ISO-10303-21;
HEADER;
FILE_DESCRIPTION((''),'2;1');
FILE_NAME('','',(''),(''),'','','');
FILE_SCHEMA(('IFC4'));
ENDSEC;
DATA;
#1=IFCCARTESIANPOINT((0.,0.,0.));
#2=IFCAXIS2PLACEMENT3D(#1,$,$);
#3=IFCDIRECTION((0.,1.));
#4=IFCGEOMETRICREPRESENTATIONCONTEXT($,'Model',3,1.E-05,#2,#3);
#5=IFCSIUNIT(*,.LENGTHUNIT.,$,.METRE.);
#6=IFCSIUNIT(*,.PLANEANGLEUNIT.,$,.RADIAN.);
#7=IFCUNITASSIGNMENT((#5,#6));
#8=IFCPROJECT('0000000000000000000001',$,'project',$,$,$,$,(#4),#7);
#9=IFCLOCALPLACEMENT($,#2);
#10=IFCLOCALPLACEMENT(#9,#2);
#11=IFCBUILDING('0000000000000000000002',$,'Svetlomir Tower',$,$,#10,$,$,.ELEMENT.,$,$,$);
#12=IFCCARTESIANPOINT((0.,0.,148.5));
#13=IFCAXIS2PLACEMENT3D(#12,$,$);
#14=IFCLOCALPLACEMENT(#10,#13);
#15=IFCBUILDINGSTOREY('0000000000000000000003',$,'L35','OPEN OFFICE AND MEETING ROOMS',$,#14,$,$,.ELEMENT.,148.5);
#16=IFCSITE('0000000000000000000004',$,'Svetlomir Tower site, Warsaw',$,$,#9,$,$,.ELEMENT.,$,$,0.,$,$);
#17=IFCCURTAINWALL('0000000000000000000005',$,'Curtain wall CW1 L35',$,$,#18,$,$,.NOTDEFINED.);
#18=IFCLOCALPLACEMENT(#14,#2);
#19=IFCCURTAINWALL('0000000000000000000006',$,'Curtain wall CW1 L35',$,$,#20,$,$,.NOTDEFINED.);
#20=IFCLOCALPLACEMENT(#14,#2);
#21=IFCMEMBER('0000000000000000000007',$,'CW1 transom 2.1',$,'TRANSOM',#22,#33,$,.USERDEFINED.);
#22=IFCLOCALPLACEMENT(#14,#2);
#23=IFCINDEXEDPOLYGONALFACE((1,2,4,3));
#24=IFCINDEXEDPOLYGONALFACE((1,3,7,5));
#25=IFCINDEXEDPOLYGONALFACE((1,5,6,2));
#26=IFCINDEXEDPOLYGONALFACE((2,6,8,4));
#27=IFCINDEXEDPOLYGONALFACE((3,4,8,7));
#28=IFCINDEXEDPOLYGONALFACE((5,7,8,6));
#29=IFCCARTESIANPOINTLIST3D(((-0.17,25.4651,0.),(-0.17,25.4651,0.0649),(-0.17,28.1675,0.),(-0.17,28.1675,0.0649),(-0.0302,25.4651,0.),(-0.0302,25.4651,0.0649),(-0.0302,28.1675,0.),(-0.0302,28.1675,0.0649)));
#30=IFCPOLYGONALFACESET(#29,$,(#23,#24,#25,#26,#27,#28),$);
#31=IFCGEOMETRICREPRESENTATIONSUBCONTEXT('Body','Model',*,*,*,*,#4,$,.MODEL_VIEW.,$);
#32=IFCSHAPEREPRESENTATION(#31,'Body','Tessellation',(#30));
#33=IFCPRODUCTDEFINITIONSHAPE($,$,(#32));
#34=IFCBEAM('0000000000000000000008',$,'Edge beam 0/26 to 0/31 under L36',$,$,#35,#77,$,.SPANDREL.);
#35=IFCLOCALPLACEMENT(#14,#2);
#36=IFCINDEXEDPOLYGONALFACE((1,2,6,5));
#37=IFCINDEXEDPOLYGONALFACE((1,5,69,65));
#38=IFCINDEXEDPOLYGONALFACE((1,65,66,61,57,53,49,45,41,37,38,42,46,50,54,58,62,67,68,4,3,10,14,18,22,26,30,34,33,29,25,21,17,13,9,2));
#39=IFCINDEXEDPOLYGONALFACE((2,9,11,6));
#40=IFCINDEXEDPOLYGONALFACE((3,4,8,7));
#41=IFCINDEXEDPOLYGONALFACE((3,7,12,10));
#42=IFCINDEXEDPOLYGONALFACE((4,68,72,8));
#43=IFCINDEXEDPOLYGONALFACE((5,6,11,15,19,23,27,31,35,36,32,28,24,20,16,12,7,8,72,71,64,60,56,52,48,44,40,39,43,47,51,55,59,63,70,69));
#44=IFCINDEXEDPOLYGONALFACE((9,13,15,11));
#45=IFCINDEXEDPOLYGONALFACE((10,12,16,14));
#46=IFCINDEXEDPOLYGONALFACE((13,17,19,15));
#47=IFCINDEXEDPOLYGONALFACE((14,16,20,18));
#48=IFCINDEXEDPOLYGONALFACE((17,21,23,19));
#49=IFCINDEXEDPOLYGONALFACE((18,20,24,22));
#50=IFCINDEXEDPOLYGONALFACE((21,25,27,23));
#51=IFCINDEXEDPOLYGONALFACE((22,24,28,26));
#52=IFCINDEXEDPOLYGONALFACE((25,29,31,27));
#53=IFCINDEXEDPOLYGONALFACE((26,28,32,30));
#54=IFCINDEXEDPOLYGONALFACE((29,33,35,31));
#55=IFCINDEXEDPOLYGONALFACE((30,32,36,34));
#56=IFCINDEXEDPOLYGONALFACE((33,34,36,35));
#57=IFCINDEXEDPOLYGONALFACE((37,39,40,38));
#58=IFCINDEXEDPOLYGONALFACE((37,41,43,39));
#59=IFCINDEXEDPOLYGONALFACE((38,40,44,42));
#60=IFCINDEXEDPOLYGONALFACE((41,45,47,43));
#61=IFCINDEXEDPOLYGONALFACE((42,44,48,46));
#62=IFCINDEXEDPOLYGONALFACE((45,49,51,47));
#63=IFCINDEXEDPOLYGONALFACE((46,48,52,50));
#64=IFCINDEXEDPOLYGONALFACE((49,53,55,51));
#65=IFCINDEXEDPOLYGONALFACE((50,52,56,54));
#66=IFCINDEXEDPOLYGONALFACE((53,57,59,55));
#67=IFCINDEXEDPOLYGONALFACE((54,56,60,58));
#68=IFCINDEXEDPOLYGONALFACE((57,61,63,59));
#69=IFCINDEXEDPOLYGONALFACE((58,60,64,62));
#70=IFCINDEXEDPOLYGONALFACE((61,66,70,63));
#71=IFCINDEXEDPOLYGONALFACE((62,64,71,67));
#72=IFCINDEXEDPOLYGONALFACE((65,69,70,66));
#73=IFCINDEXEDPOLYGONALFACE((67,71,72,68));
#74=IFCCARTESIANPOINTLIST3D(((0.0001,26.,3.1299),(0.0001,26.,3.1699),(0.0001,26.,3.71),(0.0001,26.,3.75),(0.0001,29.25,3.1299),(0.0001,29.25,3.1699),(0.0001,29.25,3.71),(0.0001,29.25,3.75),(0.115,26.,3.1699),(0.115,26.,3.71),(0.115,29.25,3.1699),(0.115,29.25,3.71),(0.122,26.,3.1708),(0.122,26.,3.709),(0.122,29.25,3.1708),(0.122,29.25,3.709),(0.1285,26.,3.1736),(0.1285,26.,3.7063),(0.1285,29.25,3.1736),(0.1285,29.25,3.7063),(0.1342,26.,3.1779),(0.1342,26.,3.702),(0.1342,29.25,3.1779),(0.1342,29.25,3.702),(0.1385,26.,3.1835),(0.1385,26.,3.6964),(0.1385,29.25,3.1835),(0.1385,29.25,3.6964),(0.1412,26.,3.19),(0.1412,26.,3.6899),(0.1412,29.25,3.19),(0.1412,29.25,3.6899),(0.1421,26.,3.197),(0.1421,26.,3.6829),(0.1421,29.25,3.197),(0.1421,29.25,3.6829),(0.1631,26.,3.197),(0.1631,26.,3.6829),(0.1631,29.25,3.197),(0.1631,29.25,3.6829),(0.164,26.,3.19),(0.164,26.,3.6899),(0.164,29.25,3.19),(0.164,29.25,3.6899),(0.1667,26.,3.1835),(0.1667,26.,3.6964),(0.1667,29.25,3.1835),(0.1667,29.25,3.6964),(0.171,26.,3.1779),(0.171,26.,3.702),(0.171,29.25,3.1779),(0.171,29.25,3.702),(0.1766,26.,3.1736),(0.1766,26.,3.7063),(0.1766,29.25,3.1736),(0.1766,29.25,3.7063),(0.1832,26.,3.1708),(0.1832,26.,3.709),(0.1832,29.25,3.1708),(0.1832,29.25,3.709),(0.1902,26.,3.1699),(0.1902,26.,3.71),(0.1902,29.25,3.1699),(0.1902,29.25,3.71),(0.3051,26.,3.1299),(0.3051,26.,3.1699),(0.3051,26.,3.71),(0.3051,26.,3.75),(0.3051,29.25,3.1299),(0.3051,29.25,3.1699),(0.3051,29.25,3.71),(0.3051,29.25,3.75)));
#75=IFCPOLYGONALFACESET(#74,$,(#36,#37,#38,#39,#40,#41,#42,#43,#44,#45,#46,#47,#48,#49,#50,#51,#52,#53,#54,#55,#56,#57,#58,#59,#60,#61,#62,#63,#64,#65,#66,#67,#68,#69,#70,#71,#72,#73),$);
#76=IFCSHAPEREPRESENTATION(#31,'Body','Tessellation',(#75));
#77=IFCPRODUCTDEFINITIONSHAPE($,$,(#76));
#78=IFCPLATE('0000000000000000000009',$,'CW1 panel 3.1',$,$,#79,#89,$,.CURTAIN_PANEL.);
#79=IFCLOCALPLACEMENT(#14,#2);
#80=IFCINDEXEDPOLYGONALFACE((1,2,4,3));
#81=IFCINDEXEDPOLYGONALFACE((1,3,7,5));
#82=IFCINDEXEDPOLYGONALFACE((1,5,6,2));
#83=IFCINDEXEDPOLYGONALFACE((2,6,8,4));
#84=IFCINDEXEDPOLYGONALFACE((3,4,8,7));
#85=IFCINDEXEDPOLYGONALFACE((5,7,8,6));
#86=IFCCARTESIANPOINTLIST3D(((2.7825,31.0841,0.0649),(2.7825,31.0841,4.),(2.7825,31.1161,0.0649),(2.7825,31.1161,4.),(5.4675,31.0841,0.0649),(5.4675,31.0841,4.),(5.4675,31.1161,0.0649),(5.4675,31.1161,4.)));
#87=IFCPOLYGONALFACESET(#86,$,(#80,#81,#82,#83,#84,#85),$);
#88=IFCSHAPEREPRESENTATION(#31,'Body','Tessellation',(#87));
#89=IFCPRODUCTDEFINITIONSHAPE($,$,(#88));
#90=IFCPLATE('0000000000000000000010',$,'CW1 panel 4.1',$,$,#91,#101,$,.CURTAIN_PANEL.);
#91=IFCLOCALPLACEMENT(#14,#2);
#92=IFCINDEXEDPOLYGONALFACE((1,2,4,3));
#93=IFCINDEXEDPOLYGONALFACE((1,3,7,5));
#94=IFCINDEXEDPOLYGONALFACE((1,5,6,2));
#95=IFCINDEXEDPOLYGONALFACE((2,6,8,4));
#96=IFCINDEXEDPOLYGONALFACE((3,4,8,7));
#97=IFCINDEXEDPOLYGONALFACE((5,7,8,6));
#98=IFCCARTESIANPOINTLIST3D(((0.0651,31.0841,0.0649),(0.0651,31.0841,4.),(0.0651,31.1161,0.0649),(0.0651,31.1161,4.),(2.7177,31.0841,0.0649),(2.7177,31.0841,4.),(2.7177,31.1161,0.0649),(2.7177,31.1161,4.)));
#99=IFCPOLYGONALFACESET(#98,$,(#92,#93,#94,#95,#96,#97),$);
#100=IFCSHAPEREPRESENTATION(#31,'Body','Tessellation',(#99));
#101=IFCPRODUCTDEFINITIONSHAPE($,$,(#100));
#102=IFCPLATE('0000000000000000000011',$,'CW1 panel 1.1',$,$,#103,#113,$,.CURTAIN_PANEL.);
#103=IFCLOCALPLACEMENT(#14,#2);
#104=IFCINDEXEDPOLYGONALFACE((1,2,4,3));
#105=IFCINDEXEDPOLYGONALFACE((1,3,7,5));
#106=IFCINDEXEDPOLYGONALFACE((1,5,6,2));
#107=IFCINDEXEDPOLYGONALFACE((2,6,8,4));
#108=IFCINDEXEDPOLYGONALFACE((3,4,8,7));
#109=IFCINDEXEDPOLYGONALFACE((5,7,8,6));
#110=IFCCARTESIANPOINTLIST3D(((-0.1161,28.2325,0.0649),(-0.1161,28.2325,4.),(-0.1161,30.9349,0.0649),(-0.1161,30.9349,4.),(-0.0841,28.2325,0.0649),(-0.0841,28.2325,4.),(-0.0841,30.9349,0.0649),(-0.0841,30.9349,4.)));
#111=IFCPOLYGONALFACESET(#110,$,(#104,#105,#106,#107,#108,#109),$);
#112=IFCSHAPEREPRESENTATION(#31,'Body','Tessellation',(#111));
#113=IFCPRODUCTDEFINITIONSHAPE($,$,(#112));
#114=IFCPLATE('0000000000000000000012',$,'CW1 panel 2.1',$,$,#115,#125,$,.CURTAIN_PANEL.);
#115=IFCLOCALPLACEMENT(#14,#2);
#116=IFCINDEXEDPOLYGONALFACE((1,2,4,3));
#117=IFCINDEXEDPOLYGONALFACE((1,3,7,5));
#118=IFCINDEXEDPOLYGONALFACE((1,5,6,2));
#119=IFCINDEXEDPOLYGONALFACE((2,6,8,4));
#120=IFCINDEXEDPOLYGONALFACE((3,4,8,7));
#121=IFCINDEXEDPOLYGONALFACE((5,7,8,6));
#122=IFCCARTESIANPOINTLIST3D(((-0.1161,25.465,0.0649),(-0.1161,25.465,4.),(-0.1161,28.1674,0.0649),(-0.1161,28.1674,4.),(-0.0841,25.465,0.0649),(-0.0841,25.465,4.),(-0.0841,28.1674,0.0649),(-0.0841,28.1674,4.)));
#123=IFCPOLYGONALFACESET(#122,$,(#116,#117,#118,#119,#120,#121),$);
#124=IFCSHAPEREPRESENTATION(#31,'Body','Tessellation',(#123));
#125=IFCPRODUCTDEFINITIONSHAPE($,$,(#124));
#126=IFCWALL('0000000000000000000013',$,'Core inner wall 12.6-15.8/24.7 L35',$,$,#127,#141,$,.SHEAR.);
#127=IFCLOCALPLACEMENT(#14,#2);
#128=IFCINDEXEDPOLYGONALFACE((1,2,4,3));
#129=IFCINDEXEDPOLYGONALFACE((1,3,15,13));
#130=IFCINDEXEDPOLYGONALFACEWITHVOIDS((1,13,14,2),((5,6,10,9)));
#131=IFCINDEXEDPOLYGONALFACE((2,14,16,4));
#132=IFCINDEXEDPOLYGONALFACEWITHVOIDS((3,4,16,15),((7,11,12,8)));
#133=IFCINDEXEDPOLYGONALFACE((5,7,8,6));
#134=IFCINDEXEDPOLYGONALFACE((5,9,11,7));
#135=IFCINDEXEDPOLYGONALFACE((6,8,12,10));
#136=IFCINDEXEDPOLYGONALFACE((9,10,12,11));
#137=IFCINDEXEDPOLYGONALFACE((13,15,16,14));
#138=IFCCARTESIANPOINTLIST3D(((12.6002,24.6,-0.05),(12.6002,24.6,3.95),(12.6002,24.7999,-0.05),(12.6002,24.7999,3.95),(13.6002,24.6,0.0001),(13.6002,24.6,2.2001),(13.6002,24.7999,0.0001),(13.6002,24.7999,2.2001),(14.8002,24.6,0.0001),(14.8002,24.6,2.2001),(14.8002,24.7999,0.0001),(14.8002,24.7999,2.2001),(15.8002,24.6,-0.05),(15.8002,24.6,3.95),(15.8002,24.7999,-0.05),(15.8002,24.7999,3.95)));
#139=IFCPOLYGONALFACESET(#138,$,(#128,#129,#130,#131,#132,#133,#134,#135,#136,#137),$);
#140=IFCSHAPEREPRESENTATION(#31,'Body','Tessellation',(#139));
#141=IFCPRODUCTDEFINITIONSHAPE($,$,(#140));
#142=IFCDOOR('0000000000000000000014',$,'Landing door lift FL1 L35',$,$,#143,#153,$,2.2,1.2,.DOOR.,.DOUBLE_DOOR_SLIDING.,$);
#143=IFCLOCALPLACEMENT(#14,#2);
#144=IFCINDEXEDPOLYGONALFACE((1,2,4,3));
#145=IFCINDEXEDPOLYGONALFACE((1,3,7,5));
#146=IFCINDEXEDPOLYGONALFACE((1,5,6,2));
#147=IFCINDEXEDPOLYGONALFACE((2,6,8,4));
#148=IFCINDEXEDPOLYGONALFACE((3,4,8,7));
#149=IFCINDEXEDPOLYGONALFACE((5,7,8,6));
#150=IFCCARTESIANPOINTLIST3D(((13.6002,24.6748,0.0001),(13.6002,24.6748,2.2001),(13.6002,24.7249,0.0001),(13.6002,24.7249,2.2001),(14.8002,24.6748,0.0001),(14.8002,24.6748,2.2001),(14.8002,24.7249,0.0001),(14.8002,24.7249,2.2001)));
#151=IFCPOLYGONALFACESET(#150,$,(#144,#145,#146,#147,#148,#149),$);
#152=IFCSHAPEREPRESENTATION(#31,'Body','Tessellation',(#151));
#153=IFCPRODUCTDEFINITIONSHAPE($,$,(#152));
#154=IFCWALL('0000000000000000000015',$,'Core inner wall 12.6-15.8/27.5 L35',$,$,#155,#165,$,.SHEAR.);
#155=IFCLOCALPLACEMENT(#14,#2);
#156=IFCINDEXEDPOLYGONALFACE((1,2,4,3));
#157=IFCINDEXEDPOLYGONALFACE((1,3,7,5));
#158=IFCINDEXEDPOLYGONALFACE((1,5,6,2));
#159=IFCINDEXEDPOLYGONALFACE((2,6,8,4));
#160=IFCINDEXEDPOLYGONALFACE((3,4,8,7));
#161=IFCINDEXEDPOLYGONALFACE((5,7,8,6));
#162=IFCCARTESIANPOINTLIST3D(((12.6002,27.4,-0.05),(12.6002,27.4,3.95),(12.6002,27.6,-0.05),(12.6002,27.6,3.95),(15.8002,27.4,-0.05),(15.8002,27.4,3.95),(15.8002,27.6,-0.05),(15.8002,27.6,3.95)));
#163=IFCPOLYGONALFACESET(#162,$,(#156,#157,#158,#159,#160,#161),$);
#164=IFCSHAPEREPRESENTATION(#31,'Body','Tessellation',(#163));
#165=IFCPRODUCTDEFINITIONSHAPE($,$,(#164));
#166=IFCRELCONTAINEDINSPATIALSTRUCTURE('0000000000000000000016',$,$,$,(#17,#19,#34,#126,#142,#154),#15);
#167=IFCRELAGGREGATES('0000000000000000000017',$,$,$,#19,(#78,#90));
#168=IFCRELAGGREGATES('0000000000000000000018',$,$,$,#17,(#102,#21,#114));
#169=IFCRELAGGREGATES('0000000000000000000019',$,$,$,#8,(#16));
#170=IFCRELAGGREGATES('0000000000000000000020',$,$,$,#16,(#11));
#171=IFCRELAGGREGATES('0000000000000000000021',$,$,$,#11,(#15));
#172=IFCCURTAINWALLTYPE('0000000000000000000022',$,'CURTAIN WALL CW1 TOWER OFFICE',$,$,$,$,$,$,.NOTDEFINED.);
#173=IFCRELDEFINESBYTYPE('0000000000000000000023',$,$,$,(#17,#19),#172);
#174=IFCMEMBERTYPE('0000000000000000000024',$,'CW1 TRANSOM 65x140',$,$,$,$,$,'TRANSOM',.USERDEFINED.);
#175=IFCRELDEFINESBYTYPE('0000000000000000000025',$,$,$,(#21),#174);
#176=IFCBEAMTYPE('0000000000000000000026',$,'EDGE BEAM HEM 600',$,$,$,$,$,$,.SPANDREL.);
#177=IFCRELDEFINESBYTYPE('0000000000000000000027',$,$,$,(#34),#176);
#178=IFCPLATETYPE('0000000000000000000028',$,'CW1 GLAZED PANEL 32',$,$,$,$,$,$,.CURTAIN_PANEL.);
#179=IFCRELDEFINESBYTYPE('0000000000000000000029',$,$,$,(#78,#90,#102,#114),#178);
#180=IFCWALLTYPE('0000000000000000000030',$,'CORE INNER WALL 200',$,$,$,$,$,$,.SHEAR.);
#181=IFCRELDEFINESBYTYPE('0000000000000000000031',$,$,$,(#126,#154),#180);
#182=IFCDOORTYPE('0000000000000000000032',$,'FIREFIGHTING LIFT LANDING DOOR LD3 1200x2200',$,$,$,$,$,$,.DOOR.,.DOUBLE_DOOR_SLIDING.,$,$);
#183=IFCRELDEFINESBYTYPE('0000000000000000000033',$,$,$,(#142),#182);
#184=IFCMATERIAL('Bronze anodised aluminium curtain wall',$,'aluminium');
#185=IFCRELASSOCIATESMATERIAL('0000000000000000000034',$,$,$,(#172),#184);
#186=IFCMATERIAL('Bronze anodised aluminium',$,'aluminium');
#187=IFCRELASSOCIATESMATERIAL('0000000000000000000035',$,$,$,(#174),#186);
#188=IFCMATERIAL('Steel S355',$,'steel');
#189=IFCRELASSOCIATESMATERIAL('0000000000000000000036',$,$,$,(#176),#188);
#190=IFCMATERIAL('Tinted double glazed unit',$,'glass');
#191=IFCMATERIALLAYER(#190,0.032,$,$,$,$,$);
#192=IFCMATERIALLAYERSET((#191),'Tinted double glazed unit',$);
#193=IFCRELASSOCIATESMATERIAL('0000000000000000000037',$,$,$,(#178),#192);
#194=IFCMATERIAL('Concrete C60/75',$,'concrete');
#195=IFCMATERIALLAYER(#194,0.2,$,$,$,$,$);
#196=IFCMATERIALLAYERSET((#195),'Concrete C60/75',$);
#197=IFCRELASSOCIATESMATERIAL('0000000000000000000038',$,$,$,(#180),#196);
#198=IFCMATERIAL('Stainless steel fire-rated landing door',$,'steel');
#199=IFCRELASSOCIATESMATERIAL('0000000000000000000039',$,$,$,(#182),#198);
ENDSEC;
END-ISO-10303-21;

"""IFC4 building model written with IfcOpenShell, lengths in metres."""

from ifc_helpers import new_model, si_unit, direction, frame, frame_2d, origin, origin_2d, place, context, subcontext, project, spatial, rectangle, i_section, extrude, material, layer, layer_set, material_profile, profile_set, type_object, element, fill, aggregate, save


model = new_model("IFC4")

# Units and contexts
model_context = context("Model", 3, precision=1e-05, world=origin(), true_north=direction((0.0, 1.0)))
body_context = subcontext(model_context, "Body", "Model", "MODEL_VIEW")
ifc_project = project(units=[si_unit("LENGTHUNIT", "METRE"), si_unit("PLANEANGLEUNIT", "RADIAN")], contexts=[model_context])

# Site, building, storey
site_placement = place(None, origin())
site = spatial("IfcSite", under=ifc_project, at=site_placement, Name="Svetlomir Tower site, Warsaw", CompositionType="ELEMENT", RefElevation=0.0)
building_placement = place(site_placement, origin())
building = spatial("IfcBuilding", under=site, at=building_placement, Name="Svetlomir Tower", CompositionType="ELEMENT")
storey_placement = place(building_placement, frame((0.0, 0.0, 148.5)))
storey = spatial("IfcBuildingStorey", under=building, at=storey_placement, Name="L35", Description="OPEN OFFICE AND MEETING ROOMS", CompositionType="ELEMENT", Elevation=148.5)

# Curtain wall
ifc_material_1 = material(Name="Bronze anodised aluminium curtain wall", Category="aluminium")
curtain_wall_type = type_object("IfcCurtainWallType", Name="CURTAIN WALL CW1 TOWER OFFICE", PredefinedType="NOTDEFINED", material=ifc_material_1)
curtain_wall_1_placement = place(storey_placement, origin())
curtain_wall_1 = element("IfcCurtainWall", 1, at=curtain_wall_1_placement, inside=storey, type_object=curtain_wall_type, Name="Curtain wall CW1 L35", PredefinedType="NOTDEFINED")

# Curtain wall
curtain_wall_2_placement = place(storey_placement, origin())
curtain_wall_2 = element("IfcCurtainWall", 2, at=curtain_wall_2_placement, inside=storey, type_object=curtain_wall_type, Name="Curtain wall CW1 L35", PredefinedType="NOTDEFINED")

# Member
ifc_material_2 = material(Name="Bronze anodised aluminium", Category="aluminium")
ifc_material_profile_1 = material_profile(ifc_material_2, rectangle(XDim=0.1399, YDim=0.0649, at=origin_2d()), Name="AL 140x65")
ifc_profile_set_1 = profile_set([ifc_material_profile_1], Name="Bronze anodised aluminium 6063-T6")
member_type_1 = type_object("IfcMemberType", Name="CW1 TRANSOM 65x140", ElementType="TRANSOM", PredefinedType="USERDEFINED", material=ifc_profile_set_1)
member_1_placement = place(storey_placement, frame((-0.1001, 28.1675, 0.0325), z_axis=(0.0, -1.0, 0.0), x_axis=(1.0, 0.0, 0.0)))
member_1 = element("IfcMember", 3, at=member_1_placement, type_object=member_type_1, Name="CW1 transom 2.1", ObjectType="TRANSOM", PredefinedType="USERDEFINED", context=body_context, shape_type="SweptSolid", body=[
    extrude(rectangle(XDim=0.1399, YDim=0.0649, at=origin_2d()), origin(), (0.0, 0.0, 1.0), 2.7024),
])

# Beam
ifc_material_3 = material(Name="Steel S355", Category="steel")
ifc_material_profile_2 = material_profile(ifc_material_3, i_section(OverallWidth=0.3049, OverallDepth=0.6201, WebThickness=0.021, FlangeThickness=0.04, FilletRadius=0.0271, at=origin_2d()), Name="HEM 600")
ifc_profile_set_2 = profile_set([ifc_material_profile_2], Name="Steel S355")
beam_type_1 = type_object("IfcBeamType", Name="EDGE BEAM HEM 600", PredefinedType="SPANDREL", material=ifc_profile_set_2)
beam_1_placement = place(storey_placement, frame((0.1526, 26.0, 3.4399), z_axis=(0.0, 1.0, 0.0), x_axis=(-1.0, 0.0, 0.0)))
element("IfcBeam", 4, at=beam_1_placement, inside=storey, type_object=beam_type_1, Name="Edge beam 0/26 to 0/31 under L36", PredefinedType="SPANDREL", context=body_context, shape_type="SweptSolid", body=[
    extrude(i_section(OverallWidth=0.3049, OverallDepth=0.6201, WebThickness=0.021, FlangeThickness=0.04, FilletRadius=0.0271, at=origin_2d()), origin(), (0.0, 0.0, 1.0), 3.25),
])

# Plates
ifc_material_4 = material(Name="Tinted double glazed unit", Category="glass")
ifc_layer_1 = layer(ifc_material_4, 0.032)
ifc_layer_set_1 = layer_set([ifc_layer_1], Name="Tinted double glazed unit")
plate_type = type_object("IfcPlateType", Name="CW1 GLAZED PANEL 32", PredefinedType="CURTAIN_PANEL", material=ifc_layer_set_1)
plate_1_placement = place(storey_placement, frame((4.125, 31.1001, 0.0649), z_axis=(0.0, 0.0, 1.0), x_axis=(-1.0, 0.0, 0.0)))
plate_1 = element("IfcPlate", 5, at=plate_1_placement, type_object=plate_type, Name="CW1 panel 3.1", PredefinedType="CURTAIN_PANEL", context=body_context, shape_type="SweptSolid", body=[
    extrude(rectangle(XDim=2.6851, YDim=0.032, at=origin_2d()), origin(), (0.0, 0.0, 1.0), 3.9351),
])
plate_2_placement = place(storey_placement, frame((1.3914, 31.1001, 0.0649), z_axis=(0.0, 0.0, 1.0), x_axis=(-1.0, 0.0, 0.0)))
plate_2 = element("IfcPlate", 6, at=plate_2_placement, type_object=plate_type, Name="CW1 panel 4.1", PredefinedType="CURTAIN_PANEL", context=body_context, shape_type="SweptSolid", body=[
    extrude(rectangle(XDim=2.6526, YDim=0.032, at=origin_2d()), origin(), (0.0, 0.0, 1.0), 3.9351),
])
aggregate(curtain_wall_2, [plate_1, plate_2])
plate_3_placement = place(storey_placement, frame((-0.1001, 29.5837, 0.0649), z_axis=(0.0, 0.0, 1.0), x_axis=(0.0, -1.0, 0.0)))
plate_3 = element("IfcPlate", 7, at=plate_3_placement, type_object=plate_type, Name="CW1 panel 1.1", PredefinedType="CURTAIN_PANEL", context=body_context, shape_type="SweptSolid", body=[
    extrude(rectangle(XDim=2.7024, YDim=0.032, at=origin_2d()), origin(), (0.0, 0.0, 1.0), 3.9351),
])
plate_4_placement = place(storey_placement, frame((-0.1001, 26.8162, 0.0649), z_axis=(0.0, 0.0, 1.0), x_axis=(0.0, -1.0, 0.0)))
plate_4 = element("IfcPlate", 8, at=plate_4_placement, type_object=plate_type, Name="CW1 panel 2.1", PredefinedType="CURTAIN_PANEL", context=body_context, shape_type="SweptSolid", body=[
    extrude(rectangle(XDim=2.7024, YDim=0.032, at=origin_2d()), origin(), (0.0, 0.0, 1.0), 3.9351),
])
aggregate(curtain_wall_1, [plate_3, member_1, plate_4])

# Wall, opening, door
ifc_material_5 = material(Name="Concrete C60/75", Category="concrete")
ifc_layer_2 = layer(ifc_material_5, 0.2)
ifc_layer_set_2 = layer_set([ifc_layer_2], Name="Concrete C60/75")
wall_type_1 = type_object("IfcWallType", Name="CORE INNER WALL 200", PredefinedType="SHEAR", material=ifc_layer_set_2)
wall_1_placement = place(storey_placement, frame((12.6001, 24.7, -0.05), z_axis=(0.0, 0.0, 1.0), x_axis=(1.0, 0.0, 0.0)))
wall_1 = element("IfcWall", 9, at=wall_1_placement, inside=storey, type_object=wall_type_1, Name="Core inner wall 12.6-15.8/24.7 L35", PredefinedType="SHEAR", context=body_context, shape_type="SweptSolid", body=[
    extrude(rectangle(XDim=3.2, YDim=0.2, at=frame_2d((1.6001, 0.0))), origin(), (0.0, 0.0, 1.0), 4.0),
])
opening_1_placement = place(wall_1_placement, frame((1.0, 0.0, 0.05)))
opening_1 = element("IfcOpeningElement", 10, at=opening_1_placement, cuts=wall_1, PredefinedType="OPENING", context=body_context, shape_type="SweptSolid", body=[
    extrude(rectangle(XDim=1.2, YDim=2.2, at=frame_2d((0.6001, 1.1001))), frame((0.0, 0.1099, 0.0), z_axis=(0.0, -1.0, 0.0), x_axis=(1.0, 0.0, 0.0)), (0.0, 0.0, 1.0), 0.22),
])
ifc_material_6 = material(Name="Stainless steel fire-rated landing door", Category="steel")
door_type_1 = type_object("IfcDoorType", Name="FIREFIGHTING LIFT LANDING DOOR LD3 1200x2200", OperationType="DOUBLE_DOOR_SLIDING", PredefinedType="DOOR", material=ifc_material_6)
door_1_placement = place(opening_1_placement, origin())
door_1 = element("IfcDoor", 11, at=door_1_placement, inside=storey, type_object=door_type_1, Name="Landing door lift FL1 L35", OperationType="DOUBLE_DOOR_SLIDING", OverallHeight=2.2, OverallWidth=1.2, PredefinedType="DOOR", context=body_context, shape_type="SweptSolid", body=[
    extrude(rectangle(XDim=1.2, YDim=2.2, at=frame_2d((0.6001, 1.1001))), frame((0.0, 0.0249, 0.0), z_axis=(0.0, -1.0, 0.0), x_axis=(1.0, 0.0, 0.0)), (0.0, 0.0, 1.0), 0.05),
])
fill(opening_1, door_1)

# Wall
wall_2_placement = place(storey_placement, frame((12.6001, 27.5, -0.05), z_axis=(0.0, 0.0, 1.0), x_axis=(1.0, 0.0, 0.0)))
element("IfcWall", 12, at=wall_2_placement, inside=storey, type_object=wall_type_1, Name="Core inner wall 12.6-15.8/27.5 L35", PredefinedType="SHEAR", context=body_context, shape_type="SweptSolid", body=[
    extrude(rectangle(XDim=3.2, YDim=0.2, at=frame_2d((1.6001, 0.0))), origin(), (0.0, 0.0, 1.0), 4.0),
])

save(model, "model.ifc")
